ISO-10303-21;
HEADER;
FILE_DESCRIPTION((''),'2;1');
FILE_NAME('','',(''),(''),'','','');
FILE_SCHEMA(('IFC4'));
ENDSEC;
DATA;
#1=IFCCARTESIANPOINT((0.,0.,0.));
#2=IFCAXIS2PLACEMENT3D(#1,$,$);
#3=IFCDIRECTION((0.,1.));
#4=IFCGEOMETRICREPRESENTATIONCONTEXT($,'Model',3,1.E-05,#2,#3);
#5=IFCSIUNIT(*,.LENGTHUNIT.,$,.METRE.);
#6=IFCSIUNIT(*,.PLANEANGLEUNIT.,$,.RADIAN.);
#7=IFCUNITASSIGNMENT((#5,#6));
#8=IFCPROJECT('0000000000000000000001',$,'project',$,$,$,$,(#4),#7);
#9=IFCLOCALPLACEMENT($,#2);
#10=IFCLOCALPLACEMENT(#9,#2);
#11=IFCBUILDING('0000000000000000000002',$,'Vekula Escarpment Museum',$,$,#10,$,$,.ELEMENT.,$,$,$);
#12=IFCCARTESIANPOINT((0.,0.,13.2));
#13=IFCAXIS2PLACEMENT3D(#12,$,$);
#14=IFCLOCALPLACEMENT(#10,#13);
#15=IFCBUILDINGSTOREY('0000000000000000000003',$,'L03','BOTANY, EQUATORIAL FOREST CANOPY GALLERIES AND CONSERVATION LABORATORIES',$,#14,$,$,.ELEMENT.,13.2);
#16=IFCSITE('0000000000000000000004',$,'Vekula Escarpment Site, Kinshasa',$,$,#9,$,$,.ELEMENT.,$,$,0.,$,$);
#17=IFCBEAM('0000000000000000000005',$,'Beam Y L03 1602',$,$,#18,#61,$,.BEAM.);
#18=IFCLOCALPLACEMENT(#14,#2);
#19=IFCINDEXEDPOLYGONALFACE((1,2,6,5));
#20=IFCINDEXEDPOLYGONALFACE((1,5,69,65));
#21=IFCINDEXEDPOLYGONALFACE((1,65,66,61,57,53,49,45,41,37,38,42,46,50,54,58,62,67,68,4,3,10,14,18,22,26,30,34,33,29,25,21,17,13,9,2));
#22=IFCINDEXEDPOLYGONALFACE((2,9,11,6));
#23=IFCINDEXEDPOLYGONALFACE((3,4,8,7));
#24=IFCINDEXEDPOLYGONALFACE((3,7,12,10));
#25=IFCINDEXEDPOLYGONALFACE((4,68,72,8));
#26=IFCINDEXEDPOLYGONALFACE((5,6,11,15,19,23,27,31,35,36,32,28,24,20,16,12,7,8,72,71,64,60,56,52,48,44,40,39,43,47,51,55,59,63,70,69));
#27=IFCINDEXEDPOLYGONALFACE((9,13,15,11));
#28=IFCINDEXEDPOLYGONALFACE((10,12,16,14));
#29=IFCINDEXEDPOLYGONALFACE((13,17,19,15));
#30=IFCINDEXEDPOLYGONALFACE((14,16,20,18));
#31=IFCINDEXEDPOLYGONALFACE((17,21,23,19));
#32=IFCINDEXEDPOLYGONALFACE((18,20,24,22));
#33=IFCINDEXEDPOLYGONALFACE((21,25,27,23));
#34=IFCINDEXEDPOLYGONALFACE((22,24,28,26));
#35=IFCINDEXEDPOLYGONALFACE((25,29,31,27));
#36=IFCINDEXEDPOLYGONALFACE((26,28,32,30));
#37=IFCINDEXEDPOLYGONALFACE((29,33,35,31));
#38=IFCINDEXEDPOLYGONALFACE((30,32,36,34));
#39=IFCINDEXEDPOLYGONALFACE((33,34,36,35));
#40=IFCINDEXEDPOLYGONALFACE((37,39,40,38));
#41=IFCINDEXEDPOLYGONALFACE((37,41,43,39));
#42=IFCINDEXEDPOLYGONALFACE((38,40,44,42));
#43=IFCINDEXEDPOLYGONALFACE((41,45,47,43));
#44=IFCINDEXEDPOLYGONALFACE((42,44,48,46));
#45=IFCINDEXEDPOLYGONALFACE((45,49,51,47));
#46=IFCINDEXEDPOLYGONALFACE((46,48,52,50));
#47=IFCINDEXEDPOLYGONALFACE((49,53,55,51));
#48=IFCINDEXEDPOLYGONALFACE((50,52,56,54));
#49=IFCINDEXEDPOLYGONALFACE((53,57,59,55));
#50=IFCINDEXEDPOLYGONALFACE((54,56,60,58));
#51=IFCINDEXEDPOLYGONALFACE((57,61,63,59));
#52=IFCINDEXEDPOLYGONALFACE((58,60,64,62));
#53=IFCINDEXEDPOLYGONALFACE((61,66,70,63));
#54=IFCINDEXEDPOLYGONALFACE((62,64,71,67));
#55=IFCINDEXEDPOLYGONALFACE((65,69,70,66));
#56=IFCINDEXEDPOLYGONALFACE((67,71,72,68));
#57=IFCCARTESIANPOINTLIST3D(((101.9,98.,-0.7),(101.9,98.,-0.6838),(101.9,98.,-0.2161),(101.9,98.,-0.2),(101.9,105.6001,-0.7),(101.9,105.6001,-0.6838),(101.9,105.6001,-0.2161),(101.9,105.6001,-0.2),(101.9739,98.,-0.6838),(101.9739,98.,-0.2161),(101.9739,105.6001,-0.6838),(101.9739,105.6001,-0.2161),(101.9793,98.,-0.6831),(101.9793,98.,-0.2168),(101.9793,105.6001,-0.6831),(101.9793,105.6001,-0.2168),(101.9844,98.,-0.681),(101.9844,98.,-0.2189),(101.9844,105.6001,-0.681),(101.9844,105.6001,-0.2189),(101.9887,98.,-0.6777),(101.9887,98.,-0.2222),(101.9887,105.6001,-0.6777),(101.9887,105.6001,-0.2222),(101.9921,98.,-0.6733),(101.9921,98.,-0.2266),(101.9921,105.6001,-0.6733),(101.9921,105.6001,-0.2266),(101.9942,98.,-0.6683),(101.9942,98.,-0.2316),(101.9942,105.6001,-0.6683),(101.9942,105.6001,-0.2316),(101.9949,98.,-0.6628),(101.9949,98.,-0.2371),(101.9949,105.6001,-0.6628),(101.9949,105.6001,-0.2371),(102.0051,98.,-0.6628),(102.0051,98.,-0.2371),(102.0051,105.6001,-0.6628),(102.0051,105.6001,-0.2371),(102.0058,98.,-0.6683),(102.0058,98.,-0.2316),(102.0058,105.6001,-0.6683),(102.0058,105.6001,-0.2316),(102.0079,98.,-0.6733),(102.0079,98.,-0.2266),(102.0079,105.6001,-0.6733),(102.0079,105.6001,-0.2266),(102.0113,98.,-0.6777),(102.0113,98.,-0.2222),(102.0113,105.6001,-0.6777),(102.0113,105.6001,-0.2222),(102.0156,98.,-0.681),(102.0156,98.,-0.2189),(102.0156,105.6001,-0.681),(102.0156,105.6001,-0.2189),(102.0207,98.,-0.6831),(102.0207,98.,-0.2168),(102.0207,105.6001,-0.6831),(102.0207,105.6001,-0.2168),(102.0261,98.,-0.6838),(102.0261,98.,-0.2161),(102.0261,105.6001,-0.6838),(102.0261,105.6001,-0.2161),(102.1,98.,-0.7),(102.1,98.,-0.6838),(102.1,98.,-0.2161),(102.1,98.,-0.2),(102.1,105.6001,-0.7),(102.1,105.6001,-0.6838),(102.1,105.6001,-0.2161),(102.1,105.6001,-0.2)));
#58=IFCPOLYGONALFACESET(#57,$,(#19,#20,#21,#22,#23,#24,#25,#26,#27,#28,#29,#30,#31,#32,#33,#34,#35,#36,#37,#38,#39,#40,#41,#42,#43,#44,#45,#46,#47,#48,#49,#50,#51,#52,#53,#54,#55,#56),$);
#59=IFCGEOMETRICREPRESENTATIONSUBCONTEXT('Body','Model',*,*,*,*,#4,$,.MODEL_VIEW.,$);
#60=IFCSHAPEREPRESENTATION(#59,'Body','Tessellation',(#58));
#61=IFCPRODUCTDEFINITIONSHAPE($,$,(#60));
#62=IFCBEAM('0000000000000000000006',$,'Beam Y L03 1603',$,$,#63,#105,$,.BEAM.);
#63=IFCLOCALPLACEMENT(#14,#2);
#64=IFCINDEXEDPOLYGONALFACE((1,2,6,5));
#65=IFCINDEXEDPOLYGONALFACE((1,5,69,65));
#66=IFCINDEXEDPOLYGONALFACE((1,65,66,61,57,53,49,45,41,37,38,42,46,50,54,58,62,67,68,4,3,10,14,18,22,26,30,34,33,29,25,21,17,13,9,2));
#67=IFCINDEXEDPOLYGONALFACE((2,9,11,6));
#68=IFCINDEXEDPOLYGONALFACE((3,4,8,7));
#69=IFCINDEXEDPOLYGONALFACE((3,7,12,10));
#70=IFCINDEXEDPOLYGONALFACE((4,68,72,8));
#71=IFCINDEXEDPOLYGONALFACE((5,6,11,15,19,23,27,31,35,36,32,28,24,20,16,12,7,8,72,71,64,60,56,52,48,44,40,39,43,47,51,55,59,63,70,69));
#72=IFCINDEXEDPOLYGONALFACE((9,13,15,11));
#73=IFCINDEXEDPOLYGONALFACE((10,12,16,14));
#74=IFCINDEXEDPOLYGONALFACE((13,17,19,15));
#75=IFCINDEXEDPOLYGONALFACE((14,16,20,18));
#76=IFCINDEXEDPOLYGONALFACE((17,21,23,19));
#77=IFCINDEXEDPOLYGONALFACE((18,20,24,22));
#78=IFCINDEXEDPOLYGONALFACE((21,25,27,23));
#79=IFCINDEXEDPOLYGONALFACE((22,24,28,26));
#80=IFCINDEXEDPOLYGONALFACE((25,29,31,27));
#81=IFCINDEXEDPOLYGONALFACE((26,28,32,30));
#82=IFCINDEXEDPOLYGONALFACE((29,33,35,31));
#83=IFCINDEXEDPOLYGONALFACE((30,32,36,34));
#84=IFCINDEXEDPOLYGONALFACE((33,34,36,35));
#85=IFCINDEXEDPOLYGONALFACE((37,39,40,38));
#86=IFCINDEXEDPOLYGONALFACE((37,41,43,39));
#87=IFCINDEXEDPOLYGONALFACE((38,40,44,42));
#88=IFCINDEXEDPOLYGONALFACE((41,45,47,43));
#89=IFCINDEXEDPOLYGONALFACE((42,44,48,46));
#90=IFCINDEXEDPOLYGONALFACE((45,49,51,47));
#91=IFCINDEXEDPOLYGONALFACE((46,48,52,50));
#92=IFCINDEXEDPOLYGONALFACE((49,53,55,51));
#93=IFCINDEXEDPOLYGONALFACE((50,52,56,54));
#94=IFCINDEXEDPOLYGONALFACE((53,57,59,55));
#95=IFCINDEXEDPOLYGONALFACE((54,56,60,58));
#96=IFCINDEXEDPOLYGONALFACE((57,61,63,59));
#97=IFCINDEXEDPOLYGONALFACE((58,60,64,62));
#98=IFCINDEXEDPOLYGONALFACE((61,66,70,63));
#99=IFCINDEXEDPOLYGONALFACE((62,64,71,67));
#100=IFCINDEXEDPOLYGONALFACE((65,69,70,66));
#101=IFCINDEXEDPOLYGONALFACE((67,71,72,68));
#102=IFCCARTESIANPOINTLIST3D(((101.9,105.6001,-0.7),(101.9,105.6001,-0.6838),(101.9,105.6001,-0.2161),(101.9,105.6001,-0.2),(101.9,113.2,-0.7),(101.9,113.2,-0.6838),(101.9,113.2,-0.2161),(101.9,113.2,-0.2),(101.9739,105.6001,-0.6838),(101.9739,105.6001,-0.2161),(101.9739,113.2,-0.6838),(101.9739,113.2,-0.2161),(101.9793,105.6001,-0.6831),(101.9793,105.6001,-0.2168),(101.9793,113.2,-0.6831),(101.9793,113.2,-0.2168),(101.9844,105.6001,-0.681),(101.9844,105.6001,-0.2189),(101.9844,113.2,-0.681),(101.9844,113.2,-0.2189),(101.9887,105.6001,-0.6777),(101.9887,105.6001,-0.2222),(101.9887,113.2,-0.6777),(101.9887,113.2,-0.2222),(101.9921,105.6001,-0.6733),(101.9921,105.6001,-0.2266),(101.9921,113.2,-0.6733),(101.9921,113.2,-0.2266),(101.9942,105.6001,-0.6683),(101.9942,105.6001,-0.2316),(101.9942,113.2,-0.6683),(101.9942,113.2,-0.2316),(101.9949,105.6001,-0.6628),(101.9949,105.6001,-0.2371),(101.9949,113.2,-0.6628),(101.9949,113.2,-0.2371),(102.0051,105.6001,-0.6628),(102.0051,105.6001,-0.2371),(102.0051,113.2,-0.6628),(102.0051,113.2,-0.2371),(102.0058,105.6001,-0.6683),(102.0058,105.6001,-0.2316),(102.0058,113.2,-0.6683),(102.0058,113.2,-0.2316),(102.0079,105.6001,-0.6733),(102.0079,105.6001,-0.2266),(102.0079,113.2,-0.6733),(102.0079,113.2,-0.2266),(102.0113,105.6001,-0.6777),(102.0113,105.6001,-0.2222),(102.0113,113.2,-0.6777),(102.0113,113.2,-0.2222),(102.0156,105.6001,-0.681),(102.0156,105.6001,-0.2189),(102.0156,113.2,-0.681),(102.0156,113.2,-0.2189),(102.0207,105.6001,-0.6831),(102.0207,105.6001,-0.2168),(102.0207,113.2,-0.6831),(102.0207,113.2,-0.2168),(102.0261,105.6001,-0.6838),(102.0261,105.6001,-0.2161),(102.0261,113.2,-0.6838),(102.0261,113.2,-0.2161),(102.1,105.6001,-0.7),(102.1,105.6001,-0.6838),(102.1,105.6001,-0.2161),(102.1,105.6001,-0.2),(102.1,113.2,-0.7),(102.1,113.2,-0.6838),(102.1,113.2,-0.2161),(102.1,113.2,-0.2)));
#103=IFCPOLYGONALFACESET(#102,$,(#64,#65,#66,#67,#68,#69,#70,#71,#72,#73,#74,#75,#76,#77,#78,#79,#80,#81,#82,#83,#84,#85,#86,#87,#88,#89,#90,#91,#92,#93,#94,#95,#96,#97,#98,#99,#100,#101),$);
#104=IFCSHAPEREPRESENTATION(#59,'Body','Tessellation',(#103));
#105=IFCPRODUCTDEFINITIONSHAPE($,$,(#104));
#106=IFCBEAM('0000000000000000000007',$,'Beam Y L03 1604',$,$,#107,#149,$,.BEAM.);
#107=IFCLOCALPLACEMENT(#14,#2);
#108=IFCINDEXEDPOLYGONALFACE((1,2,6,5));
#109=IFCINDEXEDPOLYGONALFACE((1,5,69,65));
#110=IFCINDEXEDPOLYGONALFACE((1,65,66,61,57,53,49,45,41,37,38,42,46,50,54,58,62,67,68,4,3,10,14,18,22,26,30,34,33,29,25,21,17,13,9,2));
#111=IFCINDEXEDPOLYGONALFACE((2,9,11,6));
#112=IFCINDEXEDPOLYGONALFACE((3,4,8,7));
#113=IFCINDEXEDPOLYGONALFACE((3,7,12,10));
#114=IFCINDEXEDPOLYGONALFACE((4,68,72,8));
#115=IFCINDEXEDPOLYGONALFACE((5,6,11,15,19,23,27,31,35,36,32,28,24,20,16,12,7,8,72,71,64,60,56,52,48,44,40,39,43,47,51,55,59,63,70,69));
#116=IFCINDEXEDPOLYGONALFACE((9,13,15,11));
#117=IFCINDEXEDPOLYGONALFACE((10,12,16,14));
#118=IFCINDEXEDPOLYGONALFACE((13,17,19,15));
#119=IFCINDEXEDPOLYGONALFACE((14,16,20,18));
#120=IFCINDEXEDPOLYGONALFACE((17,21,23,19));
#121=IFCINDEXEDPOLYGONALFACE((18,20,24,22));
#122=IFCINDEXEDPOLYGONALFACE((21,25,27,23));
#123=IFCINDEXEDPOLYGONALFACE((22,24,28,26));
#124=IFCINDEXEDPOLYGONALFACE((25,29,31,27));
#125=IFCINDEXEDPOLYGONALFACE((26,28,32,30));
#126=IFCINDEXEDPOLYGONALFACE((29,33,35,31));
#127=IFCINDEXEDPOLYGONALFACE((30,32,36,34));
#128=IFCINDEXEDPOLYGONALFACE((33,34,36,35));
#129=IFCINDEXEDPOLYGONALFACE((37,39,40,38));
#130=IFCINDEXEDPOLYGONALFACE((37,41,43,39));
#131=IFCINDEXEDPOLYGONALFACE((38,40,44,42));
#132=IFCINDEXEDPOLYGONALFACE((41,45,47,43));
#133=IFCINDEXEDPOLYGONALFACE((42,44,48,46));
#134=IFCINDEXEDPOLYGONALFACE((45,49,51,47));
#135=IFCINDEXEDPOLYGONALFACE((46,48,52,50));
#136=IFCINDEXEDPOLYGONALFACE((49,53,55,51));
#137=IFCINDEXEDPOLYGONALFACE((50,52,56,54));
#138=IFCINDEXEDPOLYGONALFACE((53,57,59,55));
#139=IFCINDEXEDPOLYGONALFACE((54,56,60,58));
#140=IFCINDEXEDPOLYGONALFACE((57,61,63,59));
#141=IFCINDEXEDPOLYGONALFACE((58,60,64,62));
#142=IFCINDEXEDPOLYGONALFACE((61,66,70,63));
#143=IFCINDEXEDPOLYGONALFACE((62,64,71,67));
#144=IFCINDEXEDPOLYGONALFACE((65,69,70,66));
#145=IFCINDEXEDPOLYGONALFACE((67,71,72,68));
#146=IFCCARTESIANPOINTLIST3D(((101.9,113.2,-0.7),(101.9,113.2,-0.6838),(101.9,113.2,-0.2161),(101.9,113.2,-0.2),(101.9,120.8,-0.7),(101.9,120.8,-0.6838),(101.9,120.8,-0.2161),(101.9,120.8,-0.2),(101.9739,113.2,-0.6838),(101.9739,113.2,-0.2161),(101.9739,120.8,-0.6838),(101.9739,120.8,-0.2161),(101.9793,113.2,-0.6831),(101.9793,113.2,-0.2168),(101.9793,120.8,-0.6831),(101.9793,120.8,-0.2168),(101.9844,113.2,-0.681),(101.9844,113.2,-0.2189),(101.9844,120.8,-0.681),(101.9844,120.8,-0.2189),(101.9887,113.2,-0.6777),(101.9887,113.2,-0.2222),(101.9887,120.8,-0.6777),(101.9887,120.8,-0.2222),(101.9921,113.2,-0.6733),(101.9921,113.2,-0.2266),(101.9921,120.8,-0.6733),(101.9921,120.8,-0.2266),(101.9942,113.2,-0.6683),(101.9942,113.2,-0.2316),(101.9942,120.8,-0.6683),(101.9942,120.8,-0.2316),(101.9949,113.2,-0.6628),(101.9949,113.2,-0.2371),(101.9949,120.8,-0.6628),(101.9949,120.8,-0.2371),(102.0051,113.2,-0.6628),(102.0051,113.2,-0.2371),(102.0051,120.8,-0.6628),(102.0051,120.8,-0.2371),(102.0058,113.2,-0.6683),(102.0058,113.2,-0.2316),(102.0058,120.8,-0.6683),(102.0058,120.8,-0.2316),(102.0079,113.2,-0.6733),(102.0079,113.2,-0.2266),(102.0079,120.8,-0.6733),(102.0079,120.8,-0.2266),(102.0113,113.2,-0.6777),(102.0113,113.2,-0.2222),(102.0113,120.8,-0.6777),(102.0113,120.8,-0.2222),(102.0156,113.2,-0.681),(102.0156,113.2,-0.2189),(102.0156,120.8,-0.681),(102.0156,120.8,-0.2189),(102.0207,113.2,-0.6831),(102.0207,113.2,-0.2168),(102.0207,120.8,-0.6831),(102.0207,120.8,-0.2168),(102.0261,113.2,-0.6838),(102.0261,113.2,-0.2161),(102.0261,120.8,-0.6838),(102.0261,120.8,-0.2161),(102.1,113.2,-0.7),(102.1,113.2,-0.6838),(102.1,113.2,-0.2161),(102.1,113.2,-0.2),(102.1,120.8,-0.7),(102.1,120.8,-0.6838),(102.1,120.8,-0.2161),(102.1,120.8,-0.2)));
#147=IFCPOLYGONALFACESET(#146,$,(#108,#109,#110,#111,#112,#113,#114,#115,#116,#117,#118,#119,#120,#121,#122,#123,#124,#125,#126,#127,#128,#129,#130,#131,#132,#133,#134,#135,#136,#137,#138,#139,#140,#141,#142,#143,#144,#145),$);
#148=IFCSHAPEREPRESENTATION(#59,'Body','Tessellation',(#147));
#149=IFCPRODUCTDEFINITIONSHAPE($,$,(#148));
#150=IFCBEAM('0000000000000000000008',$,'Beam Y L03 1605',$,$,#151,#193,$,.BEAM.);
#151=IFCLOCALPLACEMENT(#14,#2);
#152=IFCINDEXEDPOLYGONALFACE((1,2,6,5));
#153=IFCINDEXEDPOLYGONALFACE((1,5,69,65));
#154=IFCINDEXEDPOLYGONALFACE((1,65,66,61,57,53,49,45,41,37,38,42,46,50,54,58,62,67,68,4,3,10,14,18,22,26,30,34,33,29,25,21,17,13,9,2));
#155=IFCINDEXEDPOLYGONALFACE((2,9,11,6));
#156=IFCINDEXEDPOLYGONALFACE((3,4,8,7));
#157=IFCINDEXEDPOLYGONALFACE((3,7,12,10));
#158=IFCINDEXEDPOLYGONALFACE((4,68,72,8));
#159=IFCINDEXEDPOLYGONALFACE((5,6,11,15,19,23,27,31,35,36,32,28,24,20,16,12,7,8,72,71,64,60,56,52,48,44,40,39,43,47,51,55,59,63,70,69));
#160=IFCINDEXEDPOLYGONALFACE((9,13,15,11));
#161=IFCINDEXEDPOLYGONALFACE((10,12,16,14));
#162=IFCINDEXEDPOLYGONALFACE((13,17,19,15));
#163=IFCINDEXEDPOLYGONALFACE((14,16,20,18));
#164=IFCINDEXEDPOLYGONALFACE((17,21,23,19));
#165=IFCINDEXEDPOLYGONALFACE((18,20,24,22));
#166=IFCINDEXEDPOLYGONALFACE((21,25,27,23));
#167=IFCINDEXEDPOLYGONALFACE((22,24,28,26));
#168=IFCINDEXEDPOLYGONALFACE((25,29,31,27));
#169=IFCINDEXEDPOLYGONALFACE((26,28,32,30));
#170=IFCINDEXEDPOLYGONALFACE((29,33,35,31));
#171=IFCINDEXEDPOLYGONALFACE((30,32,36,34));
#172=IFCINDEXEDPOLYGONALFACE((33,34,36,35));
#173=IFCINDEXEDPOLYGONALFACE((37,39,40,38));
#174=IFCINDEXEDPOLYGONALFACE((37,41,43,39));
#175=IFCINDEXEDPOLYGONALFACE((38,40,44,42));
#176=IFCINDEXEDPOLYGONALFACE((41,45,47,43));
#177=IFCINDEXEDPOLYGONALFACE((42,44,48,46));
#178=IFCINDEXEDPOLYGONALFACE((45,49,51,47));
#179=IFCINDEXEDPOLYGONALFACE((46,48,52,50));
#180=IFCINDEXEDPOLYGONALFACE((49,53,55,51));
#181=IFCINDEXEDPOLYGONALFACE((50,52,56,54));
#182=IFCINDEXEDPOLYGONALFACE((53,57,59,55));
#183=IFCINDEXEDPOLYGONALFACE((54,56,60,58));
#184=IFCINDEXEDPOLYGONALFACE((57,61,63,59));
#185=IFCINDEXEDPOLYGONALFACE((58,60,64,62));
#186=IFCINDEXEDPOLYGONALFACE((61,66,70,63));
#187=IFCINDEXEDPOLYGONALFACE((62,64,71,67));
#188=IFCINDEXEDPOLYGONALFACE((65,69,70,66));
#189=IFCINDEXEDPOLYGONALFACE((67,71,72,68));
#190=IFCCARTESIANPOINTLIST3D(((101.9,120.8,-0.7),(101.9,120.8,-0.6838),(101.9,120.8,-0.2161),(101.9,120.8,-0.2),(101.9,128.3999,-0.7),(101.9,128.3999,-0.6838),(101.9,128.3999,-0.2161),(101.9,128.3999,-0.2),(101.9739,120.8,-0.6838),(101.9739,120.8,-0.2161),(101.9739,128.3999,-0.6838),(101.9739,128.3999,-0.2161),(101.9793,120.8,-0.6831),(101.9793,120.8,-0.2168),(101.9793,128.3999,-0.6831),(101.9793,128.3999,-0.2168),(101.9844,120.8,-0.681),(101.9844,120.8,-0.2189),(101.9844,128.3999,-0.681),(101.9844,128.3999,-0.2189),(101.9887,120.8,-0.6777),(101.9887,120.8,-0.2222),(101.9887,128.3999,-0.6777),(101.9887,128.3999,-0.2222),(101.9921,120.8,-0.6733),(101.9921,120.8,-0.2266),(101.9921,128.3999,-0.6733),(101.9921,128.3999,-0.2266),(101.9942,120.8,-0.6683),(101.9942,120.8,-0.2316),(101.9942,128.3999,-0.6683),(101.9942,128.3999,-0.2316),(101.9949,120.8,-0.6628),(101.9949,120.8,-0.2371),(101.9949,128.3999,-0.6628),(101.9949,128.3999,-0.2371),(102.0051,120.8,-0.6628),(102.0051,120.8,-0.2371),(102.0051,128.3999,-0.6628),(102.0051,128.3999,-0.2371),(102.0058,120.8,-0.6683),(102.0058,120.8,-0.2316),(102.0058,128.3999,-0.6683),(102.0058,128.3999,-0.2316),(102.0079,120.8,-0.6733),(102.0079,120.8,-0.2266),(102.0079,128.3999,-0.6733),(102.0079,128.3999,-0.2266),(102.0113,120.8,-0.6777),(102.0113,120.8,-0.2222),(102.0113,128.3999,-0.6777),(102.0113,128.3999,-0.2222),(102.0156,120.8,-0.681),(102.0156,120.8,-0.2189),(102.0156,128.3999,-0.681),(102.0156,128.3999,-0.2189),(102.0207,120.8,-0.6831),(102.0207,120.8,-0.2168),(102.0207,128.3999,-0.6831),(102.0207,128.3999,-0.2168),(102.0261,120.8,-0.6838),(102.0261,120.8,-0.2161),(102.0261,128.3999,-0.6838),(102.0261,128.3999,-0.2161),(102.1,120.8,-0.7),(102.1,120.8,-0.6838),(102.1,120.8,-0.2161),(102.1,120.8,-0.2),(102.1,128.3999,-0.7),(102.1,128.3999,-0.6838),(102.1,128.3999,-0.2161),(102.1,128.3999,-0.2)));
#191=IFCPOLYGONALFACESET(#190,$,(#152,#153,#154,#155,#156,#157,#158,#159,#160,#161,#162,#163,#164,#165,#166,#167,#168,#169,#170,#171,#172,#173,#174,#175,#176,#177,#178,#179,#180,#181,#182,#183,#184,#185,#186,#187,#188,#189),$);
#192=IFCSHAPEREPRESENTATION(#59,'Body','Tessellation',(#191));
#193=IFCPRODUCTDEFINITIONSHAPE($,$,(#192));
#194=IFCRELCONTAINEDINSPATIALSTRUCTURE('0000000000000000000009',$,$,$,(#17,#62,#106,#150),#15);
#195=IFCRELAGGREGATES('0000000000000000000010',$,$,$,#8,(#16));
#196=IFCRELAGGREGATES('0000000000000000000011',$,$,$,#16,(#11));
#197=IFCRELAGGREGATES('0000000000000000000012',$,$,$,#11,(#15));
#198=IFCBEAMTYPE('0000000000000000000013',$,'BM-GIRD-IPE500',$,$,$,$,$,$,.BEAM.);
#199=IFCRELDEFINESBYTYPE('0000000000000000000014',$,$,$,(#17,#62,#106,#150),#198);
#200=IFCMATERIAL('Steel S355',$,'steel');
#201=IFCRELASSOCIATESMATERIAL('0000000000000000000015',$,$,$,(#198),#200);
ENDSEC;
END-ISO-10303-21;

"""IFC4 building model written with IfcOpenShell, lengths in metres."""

from ifc_helpers import new_model, si_unit, direction, frame, origin, origin_2d, place, context, subcontext, project, spatial, i_section, extrude, material, material_profile, profile_set, type_object, element, save


model = new_model("IFC4")

# Units and contexts
model_context = context("Model", 3, precision=1e-05, world=origin(), true_north=direction((0.0, 1.0)))
body_context = subcontext(model_context, "Body", "Model", "MODEL_VIEW")
ifc_project = project(units=[si_unit("LENGTHUNIT", "METRE"), si_unit("PLANEANGLEUNIT", "RADIAN")], contexts=[model_context])

# Site, building, storey
site_placement = place(None, origin())
site = spatial("IfcSite", under=ifc_project, at=site_placement, Name="Vekula Escarpment Site, Kinshasa", CompositionType="ELEMENT", RefElevation=0.0)
building_placement = place(site_placement, origin())
building = spatial("IfcBuilding", under=site, at=building_placement, Name="Vekula Escarpment Museum", CompositionType="ELEMENT")
storey_placement = place(building_placement, frame((0.0, 0.0, 13.2)))
storey = spatial("IfcBuildingStorey", under=building, at=storey_placement, Name="L03", Description="BOTANY, EQUATORIAL FOREST CANOPY GALLERIES AND CONSERVATION LABORATORIES", CompositionType="ELEMENT", Elevation=13.2)

# Beams
ifc_material_1 = material(Name="Steel S355", Category="steel")
ifc_material_profile_1 = material_profile(ifc_material_1, i_section(OverallWidth=0.2, OverallDepth=0.5, WebThickness=0.0103, FlangeThickness=0.0161, FilletRadius=0.021, at=origin_2d()), Name="IPE 500")
ifc_profile_set_1 = profile_set([ifc_material_profile_1], Name="Steel S355")
beam_type_1 = type_object("IfcBeamType", Name="BM-GIRD-IPE500", PredefinedType="BEAM", material=ifc_profile_set_1)
beam_1_placement = place(storey_placement, frame((102.0, 98.0, -0.45), z_axis=(0.0, 1.0, 0.0), x_axis=(-1.0, 0.0, 0.0)))
element("IfcBeam", 1, at=beam_1_placement, inside=storey, type_object=beam_type_1, Name="Beam Y L03 1602", PredefinedType="BEAM", context=body_context, shape_type="SweptSolid", body=[
    extrude(i_section(OverallWidth=0.2, OverallDepth=0.5, WebThickness=0.0103, FlangeThickness=0.0161, FilletRadius=0.021, at=origin_2d()), origin(), (0.0, 0.0, 1.0), 7.6001),
])
beam_2_placement = place(storey_placement, frame((102.0, 105.6001, -0.45), z_axis=(0.0, 1.0, 0.0), x_axis=(-1.0, 0.0, 0.0)))
element("IfcBeam", 2, at=beam_2_placement, inside=storey, type_object=beam_type_1, Name="Beam Y L03 1603", PredefinedType="BEAM", context=body_context, shape_type="SweptSolid", body=[
    extrude(i_section(OverallWidth=0.2, OverallDepth=0.5, WebThickness=0.0103, FlangeThickness=0.0161, FilletRadius=0.021, at=origin_2d()), origin(), (0.0, 0.0, 1.0), 7.5999),
])
beam_3_placement = place(storey_placement, frame((102.0, 113.2, -0.45), z_axis=(0.0, 1.0, 0.0), x_axis=(-1.0, 0.0, 0.0)))
element("IfcBeam", 3, at=beam_3_placement, inside=storey, type_object=beam_type_1, Name="Beam Y L03 1604", PredefinedType="BEAM", context=body_context, shape_type="SweptSolid", body=[
    extrude(i_section(OverallWidth=0.2, OverallDepth=0.5, WebThickness=0.0103, FlangeThickness=0.0161, FilletRadius=0.021, at=origin_2d()), origin(), (0.0, 0.0, 1.0), 7.6001),
])
beam_4_placement = place(storey_placement, frame((102.0, 120.8, -0.45), z_axis=(0.0, 1.0, 0.0), x_axis=(-1.0, 0.0, 0.0)))
element("IfcBeam", 4, at=beam_4_placement, inside=storey, type_object=beam_type_1, Name="Beam Y L03 1605", PredefinedType="BEAM", context=body_context, shape_type="SweptSolid", body=[
    extrude(i_section(OverallWidth=0.2, OverallDepth=0.5, WebThickness=0.0103, FlangeThickness=0.0161, FilletRadius=0.021, at=origin_2d()), origin(), (0.0, 0.0, 1.0), 7.5999),
])

save(model, "model.ifc")
